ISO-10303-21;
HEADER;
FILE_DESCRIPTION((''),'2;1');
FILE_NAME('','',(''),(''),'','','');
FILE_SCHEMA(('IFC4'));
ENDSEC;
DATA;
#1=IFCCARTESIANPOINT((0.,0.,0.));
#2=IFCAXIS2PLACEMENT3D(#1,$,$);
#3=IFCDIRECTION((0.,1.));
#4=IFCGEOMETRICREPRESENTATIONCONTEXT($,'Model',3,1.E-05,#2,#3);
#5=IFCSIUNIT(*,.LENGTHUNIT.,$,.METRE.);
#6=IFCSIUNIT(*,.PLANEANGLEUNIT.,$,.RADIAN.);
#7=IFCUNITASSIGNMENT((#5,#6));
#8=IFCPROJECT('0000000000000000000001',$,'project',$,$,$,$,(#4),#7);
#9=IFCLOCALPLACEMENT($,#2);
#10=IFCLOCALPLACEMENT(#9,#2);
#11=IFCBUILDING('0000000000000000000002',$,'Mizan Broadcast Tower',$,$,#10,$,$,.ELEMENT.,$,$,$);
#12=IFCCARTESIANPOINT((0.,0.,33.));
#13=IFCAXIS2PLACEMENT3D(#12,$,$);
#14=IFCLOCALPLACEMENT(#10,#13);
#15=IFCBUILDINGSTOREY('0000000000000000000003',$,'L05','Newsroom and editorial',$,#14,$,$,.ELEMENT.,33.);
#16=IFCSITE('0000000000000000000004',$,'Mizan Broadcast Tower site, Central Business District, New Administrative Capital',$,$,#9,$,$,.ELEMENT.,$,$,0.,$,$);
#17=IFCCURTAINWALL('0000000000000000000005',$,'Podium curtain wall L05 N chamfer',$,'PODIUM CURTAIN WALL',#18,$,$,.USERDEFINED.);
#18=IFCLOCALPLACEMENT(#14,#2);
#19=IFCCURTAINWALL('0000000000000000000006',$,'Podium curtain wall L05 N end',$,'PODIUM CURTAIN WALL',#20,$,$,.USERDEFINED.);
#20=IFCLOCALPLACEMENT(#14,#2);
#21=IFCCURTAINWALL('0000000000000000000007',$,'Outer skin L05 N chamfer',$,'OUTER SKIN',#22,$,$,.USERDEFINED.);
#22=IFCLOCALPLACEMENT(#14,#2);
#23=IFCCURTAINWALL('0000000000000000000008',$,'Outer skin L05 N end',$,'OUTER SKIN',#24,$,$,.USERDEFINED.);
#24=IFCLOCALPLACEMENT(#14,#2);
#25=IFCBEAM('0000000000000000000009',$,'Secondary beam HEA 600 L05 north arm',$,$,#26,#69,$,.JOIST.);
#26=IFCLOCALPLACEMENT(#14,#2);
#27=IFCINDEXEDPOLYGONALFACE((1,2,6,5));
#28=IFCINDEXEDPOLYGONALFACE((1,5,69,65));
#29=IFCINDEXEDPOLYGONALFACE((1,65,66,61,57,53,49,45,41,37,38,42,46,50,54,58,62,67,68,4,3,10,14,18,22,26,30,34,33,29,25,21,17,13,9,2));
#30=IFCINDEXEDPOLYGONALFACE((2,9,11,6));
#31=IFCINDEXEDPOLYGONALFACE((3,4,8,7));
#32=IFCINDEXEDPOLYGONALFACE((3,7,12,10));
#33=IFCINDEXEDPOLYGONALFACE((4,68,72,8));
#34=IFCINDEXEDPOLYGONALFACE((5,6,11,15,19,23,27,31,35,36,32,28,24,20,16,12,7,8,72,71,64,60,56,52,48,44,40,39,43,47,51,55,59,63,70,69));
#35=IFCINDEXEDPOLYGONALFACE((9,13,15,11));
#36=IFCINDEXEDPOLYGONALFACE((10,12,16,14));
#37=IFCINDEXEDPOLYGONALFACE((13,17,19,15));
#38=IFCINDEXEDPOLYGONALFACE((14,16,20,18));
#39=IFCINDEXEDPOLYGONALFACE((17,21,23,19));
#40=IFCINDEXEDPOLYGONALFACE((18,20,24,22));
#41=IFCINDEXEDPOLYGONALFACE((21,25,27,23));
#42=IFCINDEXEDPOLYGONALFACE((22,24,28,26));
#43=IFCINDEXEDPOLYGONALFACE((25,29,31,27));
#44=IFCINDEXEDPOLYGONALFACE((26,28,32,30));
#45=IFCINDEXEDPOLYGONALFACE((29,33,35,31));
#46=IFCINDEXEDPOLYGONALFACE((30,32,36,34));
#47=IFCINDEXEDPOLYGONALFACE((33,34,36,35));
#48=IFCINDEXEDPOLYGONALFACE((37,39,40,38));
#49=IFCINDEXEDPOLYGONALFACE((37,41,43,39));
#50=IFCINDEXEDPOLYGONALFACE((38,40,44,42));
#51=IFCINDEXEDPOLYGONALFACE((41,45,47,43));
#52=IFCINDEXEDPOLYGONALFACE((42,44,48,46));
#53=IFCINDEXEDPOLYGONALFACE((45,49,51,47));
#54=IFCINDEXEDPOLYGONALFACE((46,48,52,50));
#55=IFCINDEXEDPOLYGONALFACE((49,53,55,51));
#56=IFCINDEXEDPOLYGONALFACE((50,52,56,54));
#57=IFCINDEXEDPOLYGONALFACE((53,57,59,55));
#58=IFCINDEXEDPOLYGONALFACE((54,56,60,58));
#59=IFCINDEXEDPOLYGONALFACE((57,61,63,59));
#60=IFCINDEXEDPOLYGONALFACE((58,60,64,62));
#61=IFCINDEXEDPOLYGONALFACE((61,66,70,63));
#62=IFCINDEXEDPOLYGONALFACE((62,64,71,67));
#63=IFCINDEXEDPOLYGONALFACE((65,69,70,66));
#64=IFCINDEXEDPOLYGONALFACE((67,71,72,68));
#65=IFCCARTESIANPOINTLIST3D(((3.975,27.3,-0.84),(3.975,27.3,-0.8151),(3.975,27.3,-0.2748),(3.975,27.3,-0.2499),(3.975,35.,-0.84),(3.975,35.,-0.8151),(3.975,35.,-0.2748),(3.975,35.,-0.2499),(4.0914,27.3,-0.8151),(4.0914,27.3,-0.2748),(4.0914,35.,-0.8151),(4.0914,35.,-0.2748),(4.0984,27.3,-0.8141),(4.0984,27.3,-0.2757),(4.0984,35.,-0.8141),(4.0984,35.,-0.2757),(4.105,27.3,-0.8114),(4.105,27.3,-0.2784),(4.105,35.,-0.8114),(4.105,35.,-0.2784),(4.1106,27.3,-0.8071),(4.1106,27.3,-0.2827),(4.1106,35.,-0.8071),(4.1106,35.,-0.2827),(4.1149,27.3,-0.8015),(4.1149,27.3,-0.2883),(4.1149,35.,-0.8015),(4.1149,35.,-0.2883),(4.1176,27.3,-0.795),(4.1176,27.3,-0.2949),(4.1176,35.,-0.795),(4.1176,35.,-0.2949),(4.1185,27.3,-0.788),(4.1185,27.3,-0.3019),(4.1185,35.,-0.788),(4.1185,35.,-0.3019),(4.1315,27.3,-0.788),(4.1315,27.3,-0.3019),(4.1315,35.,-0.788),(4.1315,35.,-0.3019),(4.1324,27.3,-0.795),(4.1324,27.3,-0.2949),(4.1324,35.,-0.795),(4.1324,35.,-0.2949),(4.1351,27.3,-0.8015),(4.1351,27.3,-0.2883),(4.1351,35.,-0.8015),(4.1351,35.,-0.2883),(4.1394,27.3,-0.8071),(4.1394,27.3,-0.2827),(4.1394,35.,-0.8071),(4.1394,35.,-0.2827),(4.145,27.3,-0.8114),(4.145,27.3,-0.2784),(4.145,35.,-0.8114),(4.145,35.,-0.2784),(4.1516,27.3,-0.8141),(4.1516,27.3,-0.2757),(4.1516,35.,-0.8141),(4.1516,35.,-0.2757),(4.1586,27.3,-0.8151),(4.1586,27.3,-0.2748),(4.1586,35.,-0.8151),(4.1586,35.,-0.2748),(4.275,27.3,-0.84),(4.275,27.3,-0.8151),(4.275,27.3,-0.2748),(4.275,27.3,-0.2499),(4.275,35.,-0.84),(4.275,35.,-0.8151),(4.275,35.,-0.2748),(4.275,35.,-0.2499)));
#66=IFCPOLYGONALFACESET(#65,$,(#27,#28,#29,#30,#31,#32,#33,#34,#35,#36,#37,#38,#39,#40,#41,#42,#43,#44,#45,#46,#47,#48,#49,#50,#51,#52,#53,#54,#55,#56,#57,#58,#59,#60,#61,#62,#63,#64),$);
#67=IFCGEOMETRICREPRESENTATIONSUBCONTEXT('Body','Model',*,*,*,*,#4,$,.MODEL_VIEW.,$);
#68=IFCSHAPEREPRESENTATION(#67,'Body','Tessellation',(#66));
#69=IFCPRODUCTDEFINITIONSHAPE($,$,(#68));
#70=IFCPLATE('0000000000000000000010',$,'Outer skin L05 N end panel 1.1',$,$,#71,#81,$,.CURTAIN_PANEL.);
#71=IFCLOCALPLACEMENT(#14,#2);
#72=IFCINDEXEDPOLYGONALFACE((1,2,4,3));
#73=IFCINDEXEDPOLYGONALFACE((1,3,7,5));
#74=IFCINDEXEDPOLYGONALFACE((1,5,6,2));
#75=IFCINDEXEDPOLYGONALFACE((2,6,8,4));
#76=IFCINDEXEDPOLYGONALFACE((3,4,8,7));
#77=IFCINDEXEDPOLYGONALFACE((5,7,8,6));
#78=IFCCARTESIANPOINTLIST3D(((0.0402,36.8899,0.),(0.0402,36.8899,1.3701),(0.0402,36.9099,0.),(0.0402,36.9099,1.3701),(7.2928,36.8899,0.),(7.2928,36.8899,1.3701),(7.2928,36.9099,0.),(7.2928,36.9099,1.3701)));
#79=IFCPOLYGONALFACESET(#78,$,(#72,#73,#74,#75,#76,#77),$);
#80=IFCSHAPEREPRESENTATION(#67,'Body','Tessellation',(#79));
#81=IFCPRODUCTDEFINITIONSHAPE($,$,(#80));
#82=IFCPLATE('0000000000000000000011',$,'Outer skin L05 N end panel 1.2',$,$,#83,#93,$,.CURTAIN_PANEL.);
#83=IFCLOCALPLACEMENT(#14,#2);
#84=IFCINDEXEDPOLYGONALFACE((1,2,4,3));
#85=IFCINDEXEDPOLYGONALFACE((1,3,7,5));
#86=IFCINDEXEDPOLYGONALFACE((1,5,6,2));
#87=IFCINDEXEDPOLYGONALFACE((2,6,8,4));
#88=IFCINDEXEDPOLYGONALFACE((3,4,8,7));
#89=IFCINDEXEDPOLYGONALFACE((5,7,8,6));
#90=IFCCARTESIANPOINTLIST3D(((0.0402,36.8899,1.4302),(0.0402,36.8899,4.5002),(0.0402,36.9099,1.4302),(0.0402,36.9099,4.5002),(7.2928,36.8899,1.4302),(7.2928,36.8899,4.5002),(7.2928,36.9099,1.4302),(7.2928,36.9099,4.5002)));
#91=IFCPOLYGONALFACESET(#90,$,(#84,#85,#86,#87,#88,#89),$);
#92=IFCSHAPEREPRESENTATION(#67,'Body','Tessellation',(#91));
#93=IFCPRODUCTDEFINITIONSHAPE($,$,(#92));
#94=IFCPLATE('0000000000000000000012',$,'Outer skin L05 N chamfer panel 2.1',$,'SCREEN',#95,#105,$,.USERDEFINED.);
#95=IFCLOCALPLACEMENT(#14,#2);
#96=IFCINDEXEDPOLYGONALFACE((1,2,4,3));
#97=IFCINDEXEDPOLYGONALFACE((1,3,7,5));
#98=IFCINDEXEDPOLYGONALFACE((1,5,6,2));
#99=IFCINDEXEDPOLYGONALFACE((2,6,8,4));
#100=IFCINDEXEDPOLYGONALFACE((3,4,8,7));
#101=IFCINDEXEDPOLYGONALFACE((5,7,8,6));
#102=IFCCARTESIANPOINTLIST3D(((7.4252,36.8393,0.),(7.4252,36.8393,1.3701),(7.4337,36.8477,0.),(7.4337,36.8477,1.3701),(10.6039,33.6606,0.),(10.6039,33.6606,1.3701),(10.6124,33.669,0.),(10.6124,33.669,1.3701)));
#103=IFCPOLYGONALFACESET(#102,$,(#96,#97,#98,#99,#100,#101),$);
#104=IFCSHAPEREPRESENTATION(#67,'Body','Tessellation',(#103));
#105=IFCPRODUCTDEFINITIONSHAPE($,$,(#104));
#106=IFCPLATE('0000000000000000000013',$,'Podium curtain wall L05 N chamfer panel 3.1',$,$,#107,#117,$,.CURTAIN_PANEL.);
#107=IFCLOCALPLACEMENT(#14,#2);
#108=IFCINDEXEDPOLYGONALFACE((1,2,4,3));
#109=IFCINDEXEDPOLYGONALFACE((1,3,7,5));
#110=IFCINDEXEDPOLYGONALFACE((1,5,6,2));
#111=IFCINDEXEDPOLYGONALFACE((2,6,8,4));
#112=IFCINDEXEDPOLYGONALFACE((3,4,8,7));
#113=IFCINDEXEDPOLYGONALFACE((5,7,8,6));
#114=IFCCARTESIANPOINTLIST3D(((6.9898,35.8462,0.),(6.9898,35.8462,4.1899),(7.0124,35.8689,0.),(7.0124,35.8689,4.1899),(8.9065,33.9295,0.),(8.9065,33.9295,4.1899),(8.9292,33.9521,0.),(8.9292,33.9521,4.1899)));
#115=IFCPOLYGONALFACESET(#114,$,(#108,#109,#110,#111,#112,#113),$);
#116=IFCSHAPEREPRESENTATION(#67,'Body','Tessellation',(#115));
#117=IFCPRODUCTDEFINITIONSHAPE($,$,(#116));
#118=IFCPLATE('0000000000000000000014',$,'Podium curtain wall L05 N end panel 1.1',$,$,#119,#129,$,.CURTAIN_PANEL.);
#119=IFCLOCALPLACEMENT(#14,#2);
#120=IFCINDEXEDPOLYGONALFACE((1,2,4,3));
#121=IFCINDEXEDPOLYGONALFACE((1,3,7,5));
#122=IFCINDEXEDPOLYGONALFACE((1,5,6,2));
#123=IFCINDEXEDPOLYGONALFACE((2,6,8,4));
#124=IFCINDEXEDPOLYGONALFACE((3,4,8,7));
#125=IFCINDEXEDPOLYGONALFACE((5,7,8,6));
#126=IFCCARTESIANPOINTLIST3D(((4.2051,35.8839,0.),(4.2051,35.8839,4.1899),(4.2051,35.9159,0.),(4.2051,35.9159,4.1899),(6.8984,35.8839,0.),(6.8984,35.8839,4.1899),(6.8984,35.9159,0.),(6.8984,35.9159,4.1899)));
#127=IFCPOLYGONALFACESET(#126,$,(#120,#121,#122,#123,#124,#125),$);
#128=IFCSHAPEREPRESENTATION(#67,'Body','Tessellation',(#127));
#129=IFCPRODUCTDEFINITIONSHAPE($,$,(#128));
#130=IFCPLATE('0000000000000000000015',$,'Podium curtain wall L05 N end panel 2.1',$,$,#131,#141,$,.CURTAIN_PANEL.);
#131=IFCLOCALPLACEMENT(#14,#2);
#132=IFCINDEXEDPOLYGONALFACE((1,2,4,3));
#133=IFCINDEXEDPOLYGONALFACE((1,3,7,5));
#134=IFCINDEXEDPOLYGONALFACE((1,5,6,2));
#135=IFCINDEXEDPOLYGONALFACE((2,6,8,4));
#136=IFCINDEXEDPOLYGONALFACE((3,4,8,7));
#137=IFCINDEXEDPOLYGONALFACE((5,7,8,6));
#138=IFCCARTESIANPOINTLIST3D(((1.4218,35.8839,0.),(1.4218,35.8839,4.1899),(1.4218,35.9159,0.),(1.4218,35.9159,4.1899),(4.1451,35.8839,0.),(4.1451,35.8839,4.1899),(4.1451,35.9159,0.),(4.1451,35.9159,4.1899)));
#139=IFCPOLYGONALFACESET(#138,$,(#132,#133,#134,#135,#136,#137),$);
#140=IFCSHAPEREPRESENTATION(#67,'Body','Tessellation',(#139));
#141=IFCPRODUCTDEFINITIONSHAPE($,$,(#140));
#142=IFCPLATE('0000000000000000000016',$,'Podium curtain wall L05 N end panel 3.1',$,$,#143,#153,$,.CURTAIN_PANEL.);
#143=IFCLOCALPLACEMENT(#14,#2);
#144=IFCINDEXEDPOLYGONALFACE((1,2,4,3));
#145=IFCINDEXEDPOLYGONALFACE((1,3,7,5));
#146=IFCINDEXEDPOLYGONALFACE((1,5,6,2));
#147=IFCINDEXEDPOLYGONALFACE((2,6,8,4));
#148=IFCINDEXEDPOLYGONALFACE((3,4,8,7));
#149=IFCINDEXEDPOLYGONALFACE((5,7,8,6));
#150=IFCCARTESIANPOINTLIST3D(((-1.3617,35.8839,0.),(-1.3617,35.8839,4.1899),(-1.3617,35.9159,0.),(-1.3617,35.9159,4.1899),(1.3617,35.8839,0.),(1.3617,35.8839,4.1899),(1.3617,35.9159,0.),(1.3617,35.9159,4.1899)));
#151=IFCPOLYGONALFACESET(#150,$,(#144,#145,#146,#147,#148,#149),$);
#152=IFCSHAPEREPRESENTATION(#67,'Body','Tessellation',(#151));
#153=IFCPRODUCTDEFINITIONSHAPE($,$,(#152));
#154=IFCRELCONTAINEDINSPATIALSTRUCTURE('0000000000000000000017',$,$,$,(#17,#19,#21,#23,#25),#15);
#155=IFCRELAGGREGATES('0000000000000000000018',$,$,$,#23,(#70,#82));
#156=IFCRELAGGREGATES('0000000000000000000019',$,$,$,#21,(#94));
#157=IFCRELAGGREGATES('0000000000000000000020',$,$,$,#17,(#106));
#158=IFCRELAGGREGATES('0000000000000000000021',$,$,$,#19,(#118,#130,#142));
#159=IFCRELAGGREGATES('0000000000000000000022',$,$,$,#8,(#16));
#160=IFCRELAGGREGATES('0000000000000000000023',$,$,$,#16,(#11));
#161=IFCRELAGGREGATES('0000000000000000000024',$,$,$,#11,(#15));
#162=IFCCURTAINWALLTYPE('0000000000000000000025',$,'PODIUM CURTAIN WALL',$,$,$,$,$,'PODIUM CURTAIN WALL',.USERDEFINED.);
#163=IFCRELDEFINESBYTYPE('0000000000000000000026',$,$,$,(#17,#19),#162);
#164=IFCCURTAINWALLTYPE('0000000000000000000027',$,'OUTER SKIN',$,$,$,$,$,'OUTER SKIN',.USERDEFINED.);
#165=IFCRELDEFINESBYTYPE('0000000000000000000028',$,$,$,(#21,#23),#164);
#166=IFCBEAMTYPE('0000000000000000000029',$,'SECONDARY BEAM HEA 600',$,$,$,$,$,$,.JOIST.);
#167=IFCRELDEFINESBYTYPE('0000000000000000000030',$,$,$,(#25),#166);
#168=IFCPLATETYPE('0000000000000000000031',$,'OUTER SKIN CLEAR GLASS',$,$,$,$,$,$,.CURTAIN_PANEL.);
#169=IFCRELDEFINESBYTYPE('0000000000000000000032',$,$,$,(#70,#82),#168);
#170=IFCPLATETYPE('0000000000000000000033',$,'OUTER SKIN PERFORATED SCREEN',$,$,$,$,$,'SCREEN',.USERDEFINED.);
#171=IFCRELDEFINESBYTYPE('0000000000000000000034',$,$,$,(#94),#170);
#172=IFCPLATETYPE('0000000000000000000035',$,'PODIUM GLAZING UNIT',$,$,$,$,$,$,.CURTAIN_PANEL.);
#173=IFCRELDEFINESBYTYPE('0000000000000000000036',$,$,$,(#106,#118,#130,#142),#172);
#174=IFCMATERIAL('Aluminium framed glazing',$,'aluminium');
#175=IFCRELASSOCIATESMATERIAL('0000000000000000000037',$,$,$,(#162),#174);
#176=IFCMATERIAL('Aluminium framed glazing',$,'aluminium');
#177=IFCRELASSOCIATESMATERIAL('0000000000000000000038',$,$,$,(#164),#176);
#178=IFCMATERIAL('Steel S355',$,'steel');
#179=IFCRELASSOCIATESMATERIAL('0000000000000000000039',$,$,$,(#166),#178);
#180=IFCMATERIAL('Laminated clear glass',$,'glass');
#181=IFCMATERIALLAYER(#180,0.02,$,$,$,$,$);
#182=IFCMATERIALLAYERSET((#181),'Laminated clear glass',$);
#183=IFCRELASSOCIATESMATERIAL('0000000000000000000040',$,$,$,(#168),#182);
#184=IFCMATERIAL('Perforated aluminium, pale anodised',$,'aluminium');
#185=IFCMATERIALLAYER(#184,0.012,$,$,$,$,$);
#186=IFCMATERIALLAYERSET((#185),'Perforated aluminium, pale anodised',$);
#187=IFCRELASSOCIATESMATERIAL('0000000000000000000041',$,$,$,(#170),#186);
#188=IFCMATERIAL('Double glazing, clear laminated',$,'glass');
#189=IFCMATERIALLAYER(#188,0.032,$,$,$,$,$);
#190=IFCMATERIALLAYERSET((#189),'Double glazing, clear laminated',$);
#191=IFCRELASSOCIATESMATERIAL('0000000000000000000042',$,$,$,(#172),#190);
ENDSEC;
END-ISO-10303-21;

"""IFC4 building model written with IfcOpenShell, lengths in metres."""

from ifc_helpers import new_model, si_unit, direction, frame, origin, origin_2d, place, context, subcontext, project, spatial, rectangle, i_section, extrude, material, layer, layer_set, material_profile, profile_set, type_object, element, aggregate, save


model = new_model("IFC4")

# Units and contexts
model_context = context("Model", 3, precision=1e-05, world=origin(), true_north=direction((0.0, 1.0)))
body_context = subcontext(model_context, "Body", "Model", "MODEL_VIEW")
ifc_project = project(units=[si_unit("LENGTHUNIT", "METRE"), si_unit("PLANEANGLEUNIT", "RADIAN")], contexts=[model_context])

# Site, building, storey
site_placement = place(None, origin())
site = spatial("IfcSite", under=ifc_project, at=site_placement, Name="Mizan Broadcast Tower site, Central Business District, New Administrative Capital", CompositionType="ELEMENT", RefElevation=0.0)
building_placement = place(site_placement, origin())
building = spatial("IfcBuilding", under=site, at=building_placement, Name="Mizan Broadcast Tower", CompositionType="ELEMENT")
storey_placement = place(building_placement, frame((0.0, 0.0, 33.0)))
storey = spatial("IfcBuildingStorey", under=building, at=storey_placement, Name="L05", Description="Newsroom and editorial", CompositionType="ELEMENT", Elevation=33.0)

# Curtain walls
ifc_material_1 = material(Name="Aluminium framed glazing", Category="aluminium")
curtain_wall_type_1 = type_object("IfcCurtainWallType", Name="PODIUM CURTAIN WALL", ElementType="PODIUM CURTAIN WALL", PredefinedType="USERDEFINED", material=ifc_material_1)
curtain_wall_1_placement = place(storey_placement, origin())
curtain_wall_1 = element("IfcCurtainWall", 1, at=curtain_wall_1_placement, inside=storey, type_object=curtain_wall_type_1, Name="Podium curtain wall L05 N chamfer", ObjectType="PODIUM CURTAIN WALL", PredefinedType="USERDEFINED")
curtain_wall_2_placement = place(storey_placement, origin())
curtain_wall_2 = element("IfcCurtainWall", 2, at=curtain_wall_2_placement, inside=storey, type_object=curtain_wall_type_1, Name="Podium curtain wall L05 N end", ObjectType="PODIUM CURTAIN WALL", PredefinedType="USERDEFINED")

# Curtain wall
ifc_material_2 = material(Name="Aluminium framed glazing", Category="aluminium")
curtain_wall_type_2 = type_object("IfcCurtainWallType", Name="OUTER SKIN", ElementType="OUTER SKIN", PredefinedType="USERDEFINED", material=ifc_material_2)
curtain_wall_3_placement = place(storey_placement, origin())
curtain_wall_3 = element("IfcCurtainWall", 3, at=curtain_wall_3_placement, inside=storey, type_object=curtain_wall_type_2, Name="Outer skin L05 N chamfer", ObjectType="OUTER SKIN", PredefinedType="USERDEFINED")

# Curtain wall
curtain_wall_4_placement = place(storey_placement, origin())
curtain_wall_4 = element("IfcCurtainWall", 4, at=curtain_wall_4_placement, inside=storey, type_object=curtain_wall_type_2, Name="Outer skin L05 N end", ObjectType="OUTER SKIN", PredefinedType="USERDEFINED")

# Beam
ifc_material_3 = material(Name="Steel S355", Category="steel")
ifc_material_profile_1 = material_profile(ifc_material_3, i_section(OverallWidth=0.3, OverallDepth=0.5901, WebThickness=0.0129, FlangeThickness=0.0249, FilletRadius=0.0271, at=origin_2d()), Name="HEA 600")
ifc_profile_set_1 = profile_set([ifc_material_profile_1], Name="Steel S355")
beam_type_1 = type_object("IfcBeamType", Name="SECONDARY BEAM HEA 600", PredefinedType="JOIST", material=ifc_profile_set_1)
beam_1_placement = place(storey_placement, frame((4.125, 27.3, -0.5449), z_axis=(0.0, 1.0, 0.0), x_axis=(-1.0, 0.0, 0.0)))
element("IfcBeam", 5, at=beam_1_placement, inside=storey, type_object=beam_type_1, Name="Secondary beam HEA 600 L05 north arm", PredefinedType="JOIST", context=body_context, shape_type="SweptSolid", body=[
    extrude(i_section(OverallWidth=0.3, OverallDepth=0.5901, WebThickness=0.0129, FlangeThickness=0.0249, FilletRadius=0.0271, at=origin_2d()), origin(), (0.0, 0.0, 1.0), 7.7),
])

# Plates
ifc_material_4 = material(Name="Laminated clear glass", Category="glass")
ifc_layer_1 = layer(ifc_material_4, 0.02)
ifc_layer_set_1 = layer_set([ifc_layer_1], Name="Laminated clear glass")
plate_type_1 = type_object("IfcPlateType", Name="OUTER SKIN CLEAR GLASS", PredefinedType="CURTAIN_PANEL", material=ifc_layer_set_1)
plate_1_placement = place(storey_placement, frame((3.6665, 36.8999, 0.0), z_axis=(0.0, 0.0, 1.0), x_axis=(-1.0, 0.0, 0.0)))
plate_1 = element("IfcPlate", 6, at=plate_1_placement, type_object=plate_type_1, Name="Outer skin L05 N end panel 1.1", PredefinedType="CURTAIN_PANEL", context=body_context, shape_type="SweptSolid", body=[
    extrude(rectangle(XDim=7.2527, YDim=0.02, at=origin_2d()), origin(), (0.0, 0.0, 1.0), 1.3701),
])
plate_2_placement = place(storey_placement, frame((3.6665, 36.8999, 1.4302), z_axis=(0.0, 0.0, 1.0), x_axis=(-1.0, 0.0, 0.0)))
plate_2 = element("IfcPlate", 7, at=plate_2_placement, type_object=plate_type_1, Name="Outer skin L05 N end panel 1.2", PredefinedType="CURTAIN_PANEL", context=body_context, shape_type="SweptSolid", body=[
    extrude(rectangle(XDim=7.2527, YDim=0.02, at=origin_2d()), origin(), (0.0, 0.0, 1.0), 3.0701),
])
aggregate(curtain_wall_4, [plate_1, plate_2])
ifc_material_5 = material(Name="Perforated aluminium, pale anodised", Category="aluminium")
ifc_layer_2 = layer(ifc_material_5, 0.012)
ifc_layer_set_2 = layer_set([ifc_layer_2], Name="Perforated aluminium, pale anodised")
plate_type_2 = type_object("IfcPlateType", Name="OUTER SKIN PERFORATED SCREEN", ElementType="SCREEN", PredefinedType="USERDEFINED", material=ifc_layer_set_2)
plate_3_placement = place(storey_placement, frame((9.0188, 35.2542, 0.0), z_axis=(0.0, 0.0, 1.0), x_axis=(-0.707107, 0.707107, 0.0)))
plate_3 = element("IfcPlate", 8, at=plate_3_placement, type_object=plate_type_2, Name="Outer skin L05 N chamfer panel 2.1", ObjectType="SCREEN", PredefinedType="USERDEFINED", context=body_context, shape_type="SweptSolid", body=[
    extrude(rectangle(XDim=4.4954, YDim=0.012, at=origin_2d()), origin(), (0.0, 0.0, 1.0), 1.3701),
])
aggregate(curtain_wall_3, [plate_3])
ifc_material_6 = material(Name="Double glazing, clear laminated", Category="glass")
ifc_layer_3 = layer(ifc_material_6, 0.032)
ifc_layer_set_3 = layer_set([ifc_layer_3], Name="Double glazing, clear laminated")
plate_type_3 = type_object("IfcPlateType", Name="PODIUM GLAZING UNIT", PredefinedType="CURTAIN_PANEL", material=ifc_layer_set_3)
plate_4_placement = place(storey_placement, frame((7.9595, 34.8992, 0.0), z_axis=(0.0, 0.0, 1.0), x_axis=(-0.707107, 0.707107, 0.0)))
plate_4 = element("IfcPlate", 9, at=plate_4_placement, type_object=plate_type_3, Name="Podium curtain wall L05 N chamfer panel 3.1", PredefinedType="CURTAIN_PANEL", context=body_context, shape_type="SweptSolid", body=[
    extrude(rectangle(XDim=2.7107, YDim=0.032, at=origin_2d()), origin(), (0.0, 0.0, 1.0), 4.1899),
])
aggregate(curtain_wall_1, [plate_4])
plate_5_placement = place(storey_placement, frame((5.5518, 35.8999, 0.0), z_axis=(0.0, 0.0, 1.0), x_axis=(-1.0, 0.0, 0.0)))
plate_5 = element("IfcPlate", 10, at=plate_5_placement, type_object=plate_type_3, Name="Podium curtain wall L05 N end panel 1.1", PredefinedType="CURTAIN_PANEL", context=body_context, shape_type="SweptSolid", body=[
    extrude(rectangle(XDim=2.6934, YDim=0.032, at=origin_2d()), origin(), (0.0, 0.0, 1.0), 4.1899),
])
plate_6_placement = place(storey_placement, frame((2.7834, 35.8999, 0.0), z_axis=(0.0, 0.0, 1.0), x_axis=(-1.0, 0.0, 0.0)))
plate_6 = element("IfcPlate", 11, at=plate_6_placement, type_object=plate_type_3, Name="Podium curtain wall L05 N end panel 2.1", PredefinedType="CURTAIN_PANEL", context=body_context, shape_type="SweptSolid", body=[
    extrude(rectangle(XDim=2.7234, YDim=0.032, at=origin_2d()), origin(), (0.0, 0.0, 1.0), 4.1899),
])
plate_7_placement = place(storey_placement, frame((0.0, 35.8999, 0.0), z_axis=(0.0, 0.0, 1.0), x_axis=(-1.0, 0.0, 0.0)))
plate_7 = element("IfcPlate", 12, at=plate_7_placement, type_object=plate_type_3, Name="Podium curtain wall L05 N end panel 3.1", PredefinedType="CURTAIN_PANEL", context=body_context, shape_type="SweptSolid", body=[
    extrude(rectangle(XDim=2.7234, YDim=0.032, at=origin_2d()), origin(), (0.0, 0.0, 1.0), 4.1899),
])
aggregate(curtain_wall_2, [plate_5, plate_6, plate_7])

save(model, "model.ifc")
